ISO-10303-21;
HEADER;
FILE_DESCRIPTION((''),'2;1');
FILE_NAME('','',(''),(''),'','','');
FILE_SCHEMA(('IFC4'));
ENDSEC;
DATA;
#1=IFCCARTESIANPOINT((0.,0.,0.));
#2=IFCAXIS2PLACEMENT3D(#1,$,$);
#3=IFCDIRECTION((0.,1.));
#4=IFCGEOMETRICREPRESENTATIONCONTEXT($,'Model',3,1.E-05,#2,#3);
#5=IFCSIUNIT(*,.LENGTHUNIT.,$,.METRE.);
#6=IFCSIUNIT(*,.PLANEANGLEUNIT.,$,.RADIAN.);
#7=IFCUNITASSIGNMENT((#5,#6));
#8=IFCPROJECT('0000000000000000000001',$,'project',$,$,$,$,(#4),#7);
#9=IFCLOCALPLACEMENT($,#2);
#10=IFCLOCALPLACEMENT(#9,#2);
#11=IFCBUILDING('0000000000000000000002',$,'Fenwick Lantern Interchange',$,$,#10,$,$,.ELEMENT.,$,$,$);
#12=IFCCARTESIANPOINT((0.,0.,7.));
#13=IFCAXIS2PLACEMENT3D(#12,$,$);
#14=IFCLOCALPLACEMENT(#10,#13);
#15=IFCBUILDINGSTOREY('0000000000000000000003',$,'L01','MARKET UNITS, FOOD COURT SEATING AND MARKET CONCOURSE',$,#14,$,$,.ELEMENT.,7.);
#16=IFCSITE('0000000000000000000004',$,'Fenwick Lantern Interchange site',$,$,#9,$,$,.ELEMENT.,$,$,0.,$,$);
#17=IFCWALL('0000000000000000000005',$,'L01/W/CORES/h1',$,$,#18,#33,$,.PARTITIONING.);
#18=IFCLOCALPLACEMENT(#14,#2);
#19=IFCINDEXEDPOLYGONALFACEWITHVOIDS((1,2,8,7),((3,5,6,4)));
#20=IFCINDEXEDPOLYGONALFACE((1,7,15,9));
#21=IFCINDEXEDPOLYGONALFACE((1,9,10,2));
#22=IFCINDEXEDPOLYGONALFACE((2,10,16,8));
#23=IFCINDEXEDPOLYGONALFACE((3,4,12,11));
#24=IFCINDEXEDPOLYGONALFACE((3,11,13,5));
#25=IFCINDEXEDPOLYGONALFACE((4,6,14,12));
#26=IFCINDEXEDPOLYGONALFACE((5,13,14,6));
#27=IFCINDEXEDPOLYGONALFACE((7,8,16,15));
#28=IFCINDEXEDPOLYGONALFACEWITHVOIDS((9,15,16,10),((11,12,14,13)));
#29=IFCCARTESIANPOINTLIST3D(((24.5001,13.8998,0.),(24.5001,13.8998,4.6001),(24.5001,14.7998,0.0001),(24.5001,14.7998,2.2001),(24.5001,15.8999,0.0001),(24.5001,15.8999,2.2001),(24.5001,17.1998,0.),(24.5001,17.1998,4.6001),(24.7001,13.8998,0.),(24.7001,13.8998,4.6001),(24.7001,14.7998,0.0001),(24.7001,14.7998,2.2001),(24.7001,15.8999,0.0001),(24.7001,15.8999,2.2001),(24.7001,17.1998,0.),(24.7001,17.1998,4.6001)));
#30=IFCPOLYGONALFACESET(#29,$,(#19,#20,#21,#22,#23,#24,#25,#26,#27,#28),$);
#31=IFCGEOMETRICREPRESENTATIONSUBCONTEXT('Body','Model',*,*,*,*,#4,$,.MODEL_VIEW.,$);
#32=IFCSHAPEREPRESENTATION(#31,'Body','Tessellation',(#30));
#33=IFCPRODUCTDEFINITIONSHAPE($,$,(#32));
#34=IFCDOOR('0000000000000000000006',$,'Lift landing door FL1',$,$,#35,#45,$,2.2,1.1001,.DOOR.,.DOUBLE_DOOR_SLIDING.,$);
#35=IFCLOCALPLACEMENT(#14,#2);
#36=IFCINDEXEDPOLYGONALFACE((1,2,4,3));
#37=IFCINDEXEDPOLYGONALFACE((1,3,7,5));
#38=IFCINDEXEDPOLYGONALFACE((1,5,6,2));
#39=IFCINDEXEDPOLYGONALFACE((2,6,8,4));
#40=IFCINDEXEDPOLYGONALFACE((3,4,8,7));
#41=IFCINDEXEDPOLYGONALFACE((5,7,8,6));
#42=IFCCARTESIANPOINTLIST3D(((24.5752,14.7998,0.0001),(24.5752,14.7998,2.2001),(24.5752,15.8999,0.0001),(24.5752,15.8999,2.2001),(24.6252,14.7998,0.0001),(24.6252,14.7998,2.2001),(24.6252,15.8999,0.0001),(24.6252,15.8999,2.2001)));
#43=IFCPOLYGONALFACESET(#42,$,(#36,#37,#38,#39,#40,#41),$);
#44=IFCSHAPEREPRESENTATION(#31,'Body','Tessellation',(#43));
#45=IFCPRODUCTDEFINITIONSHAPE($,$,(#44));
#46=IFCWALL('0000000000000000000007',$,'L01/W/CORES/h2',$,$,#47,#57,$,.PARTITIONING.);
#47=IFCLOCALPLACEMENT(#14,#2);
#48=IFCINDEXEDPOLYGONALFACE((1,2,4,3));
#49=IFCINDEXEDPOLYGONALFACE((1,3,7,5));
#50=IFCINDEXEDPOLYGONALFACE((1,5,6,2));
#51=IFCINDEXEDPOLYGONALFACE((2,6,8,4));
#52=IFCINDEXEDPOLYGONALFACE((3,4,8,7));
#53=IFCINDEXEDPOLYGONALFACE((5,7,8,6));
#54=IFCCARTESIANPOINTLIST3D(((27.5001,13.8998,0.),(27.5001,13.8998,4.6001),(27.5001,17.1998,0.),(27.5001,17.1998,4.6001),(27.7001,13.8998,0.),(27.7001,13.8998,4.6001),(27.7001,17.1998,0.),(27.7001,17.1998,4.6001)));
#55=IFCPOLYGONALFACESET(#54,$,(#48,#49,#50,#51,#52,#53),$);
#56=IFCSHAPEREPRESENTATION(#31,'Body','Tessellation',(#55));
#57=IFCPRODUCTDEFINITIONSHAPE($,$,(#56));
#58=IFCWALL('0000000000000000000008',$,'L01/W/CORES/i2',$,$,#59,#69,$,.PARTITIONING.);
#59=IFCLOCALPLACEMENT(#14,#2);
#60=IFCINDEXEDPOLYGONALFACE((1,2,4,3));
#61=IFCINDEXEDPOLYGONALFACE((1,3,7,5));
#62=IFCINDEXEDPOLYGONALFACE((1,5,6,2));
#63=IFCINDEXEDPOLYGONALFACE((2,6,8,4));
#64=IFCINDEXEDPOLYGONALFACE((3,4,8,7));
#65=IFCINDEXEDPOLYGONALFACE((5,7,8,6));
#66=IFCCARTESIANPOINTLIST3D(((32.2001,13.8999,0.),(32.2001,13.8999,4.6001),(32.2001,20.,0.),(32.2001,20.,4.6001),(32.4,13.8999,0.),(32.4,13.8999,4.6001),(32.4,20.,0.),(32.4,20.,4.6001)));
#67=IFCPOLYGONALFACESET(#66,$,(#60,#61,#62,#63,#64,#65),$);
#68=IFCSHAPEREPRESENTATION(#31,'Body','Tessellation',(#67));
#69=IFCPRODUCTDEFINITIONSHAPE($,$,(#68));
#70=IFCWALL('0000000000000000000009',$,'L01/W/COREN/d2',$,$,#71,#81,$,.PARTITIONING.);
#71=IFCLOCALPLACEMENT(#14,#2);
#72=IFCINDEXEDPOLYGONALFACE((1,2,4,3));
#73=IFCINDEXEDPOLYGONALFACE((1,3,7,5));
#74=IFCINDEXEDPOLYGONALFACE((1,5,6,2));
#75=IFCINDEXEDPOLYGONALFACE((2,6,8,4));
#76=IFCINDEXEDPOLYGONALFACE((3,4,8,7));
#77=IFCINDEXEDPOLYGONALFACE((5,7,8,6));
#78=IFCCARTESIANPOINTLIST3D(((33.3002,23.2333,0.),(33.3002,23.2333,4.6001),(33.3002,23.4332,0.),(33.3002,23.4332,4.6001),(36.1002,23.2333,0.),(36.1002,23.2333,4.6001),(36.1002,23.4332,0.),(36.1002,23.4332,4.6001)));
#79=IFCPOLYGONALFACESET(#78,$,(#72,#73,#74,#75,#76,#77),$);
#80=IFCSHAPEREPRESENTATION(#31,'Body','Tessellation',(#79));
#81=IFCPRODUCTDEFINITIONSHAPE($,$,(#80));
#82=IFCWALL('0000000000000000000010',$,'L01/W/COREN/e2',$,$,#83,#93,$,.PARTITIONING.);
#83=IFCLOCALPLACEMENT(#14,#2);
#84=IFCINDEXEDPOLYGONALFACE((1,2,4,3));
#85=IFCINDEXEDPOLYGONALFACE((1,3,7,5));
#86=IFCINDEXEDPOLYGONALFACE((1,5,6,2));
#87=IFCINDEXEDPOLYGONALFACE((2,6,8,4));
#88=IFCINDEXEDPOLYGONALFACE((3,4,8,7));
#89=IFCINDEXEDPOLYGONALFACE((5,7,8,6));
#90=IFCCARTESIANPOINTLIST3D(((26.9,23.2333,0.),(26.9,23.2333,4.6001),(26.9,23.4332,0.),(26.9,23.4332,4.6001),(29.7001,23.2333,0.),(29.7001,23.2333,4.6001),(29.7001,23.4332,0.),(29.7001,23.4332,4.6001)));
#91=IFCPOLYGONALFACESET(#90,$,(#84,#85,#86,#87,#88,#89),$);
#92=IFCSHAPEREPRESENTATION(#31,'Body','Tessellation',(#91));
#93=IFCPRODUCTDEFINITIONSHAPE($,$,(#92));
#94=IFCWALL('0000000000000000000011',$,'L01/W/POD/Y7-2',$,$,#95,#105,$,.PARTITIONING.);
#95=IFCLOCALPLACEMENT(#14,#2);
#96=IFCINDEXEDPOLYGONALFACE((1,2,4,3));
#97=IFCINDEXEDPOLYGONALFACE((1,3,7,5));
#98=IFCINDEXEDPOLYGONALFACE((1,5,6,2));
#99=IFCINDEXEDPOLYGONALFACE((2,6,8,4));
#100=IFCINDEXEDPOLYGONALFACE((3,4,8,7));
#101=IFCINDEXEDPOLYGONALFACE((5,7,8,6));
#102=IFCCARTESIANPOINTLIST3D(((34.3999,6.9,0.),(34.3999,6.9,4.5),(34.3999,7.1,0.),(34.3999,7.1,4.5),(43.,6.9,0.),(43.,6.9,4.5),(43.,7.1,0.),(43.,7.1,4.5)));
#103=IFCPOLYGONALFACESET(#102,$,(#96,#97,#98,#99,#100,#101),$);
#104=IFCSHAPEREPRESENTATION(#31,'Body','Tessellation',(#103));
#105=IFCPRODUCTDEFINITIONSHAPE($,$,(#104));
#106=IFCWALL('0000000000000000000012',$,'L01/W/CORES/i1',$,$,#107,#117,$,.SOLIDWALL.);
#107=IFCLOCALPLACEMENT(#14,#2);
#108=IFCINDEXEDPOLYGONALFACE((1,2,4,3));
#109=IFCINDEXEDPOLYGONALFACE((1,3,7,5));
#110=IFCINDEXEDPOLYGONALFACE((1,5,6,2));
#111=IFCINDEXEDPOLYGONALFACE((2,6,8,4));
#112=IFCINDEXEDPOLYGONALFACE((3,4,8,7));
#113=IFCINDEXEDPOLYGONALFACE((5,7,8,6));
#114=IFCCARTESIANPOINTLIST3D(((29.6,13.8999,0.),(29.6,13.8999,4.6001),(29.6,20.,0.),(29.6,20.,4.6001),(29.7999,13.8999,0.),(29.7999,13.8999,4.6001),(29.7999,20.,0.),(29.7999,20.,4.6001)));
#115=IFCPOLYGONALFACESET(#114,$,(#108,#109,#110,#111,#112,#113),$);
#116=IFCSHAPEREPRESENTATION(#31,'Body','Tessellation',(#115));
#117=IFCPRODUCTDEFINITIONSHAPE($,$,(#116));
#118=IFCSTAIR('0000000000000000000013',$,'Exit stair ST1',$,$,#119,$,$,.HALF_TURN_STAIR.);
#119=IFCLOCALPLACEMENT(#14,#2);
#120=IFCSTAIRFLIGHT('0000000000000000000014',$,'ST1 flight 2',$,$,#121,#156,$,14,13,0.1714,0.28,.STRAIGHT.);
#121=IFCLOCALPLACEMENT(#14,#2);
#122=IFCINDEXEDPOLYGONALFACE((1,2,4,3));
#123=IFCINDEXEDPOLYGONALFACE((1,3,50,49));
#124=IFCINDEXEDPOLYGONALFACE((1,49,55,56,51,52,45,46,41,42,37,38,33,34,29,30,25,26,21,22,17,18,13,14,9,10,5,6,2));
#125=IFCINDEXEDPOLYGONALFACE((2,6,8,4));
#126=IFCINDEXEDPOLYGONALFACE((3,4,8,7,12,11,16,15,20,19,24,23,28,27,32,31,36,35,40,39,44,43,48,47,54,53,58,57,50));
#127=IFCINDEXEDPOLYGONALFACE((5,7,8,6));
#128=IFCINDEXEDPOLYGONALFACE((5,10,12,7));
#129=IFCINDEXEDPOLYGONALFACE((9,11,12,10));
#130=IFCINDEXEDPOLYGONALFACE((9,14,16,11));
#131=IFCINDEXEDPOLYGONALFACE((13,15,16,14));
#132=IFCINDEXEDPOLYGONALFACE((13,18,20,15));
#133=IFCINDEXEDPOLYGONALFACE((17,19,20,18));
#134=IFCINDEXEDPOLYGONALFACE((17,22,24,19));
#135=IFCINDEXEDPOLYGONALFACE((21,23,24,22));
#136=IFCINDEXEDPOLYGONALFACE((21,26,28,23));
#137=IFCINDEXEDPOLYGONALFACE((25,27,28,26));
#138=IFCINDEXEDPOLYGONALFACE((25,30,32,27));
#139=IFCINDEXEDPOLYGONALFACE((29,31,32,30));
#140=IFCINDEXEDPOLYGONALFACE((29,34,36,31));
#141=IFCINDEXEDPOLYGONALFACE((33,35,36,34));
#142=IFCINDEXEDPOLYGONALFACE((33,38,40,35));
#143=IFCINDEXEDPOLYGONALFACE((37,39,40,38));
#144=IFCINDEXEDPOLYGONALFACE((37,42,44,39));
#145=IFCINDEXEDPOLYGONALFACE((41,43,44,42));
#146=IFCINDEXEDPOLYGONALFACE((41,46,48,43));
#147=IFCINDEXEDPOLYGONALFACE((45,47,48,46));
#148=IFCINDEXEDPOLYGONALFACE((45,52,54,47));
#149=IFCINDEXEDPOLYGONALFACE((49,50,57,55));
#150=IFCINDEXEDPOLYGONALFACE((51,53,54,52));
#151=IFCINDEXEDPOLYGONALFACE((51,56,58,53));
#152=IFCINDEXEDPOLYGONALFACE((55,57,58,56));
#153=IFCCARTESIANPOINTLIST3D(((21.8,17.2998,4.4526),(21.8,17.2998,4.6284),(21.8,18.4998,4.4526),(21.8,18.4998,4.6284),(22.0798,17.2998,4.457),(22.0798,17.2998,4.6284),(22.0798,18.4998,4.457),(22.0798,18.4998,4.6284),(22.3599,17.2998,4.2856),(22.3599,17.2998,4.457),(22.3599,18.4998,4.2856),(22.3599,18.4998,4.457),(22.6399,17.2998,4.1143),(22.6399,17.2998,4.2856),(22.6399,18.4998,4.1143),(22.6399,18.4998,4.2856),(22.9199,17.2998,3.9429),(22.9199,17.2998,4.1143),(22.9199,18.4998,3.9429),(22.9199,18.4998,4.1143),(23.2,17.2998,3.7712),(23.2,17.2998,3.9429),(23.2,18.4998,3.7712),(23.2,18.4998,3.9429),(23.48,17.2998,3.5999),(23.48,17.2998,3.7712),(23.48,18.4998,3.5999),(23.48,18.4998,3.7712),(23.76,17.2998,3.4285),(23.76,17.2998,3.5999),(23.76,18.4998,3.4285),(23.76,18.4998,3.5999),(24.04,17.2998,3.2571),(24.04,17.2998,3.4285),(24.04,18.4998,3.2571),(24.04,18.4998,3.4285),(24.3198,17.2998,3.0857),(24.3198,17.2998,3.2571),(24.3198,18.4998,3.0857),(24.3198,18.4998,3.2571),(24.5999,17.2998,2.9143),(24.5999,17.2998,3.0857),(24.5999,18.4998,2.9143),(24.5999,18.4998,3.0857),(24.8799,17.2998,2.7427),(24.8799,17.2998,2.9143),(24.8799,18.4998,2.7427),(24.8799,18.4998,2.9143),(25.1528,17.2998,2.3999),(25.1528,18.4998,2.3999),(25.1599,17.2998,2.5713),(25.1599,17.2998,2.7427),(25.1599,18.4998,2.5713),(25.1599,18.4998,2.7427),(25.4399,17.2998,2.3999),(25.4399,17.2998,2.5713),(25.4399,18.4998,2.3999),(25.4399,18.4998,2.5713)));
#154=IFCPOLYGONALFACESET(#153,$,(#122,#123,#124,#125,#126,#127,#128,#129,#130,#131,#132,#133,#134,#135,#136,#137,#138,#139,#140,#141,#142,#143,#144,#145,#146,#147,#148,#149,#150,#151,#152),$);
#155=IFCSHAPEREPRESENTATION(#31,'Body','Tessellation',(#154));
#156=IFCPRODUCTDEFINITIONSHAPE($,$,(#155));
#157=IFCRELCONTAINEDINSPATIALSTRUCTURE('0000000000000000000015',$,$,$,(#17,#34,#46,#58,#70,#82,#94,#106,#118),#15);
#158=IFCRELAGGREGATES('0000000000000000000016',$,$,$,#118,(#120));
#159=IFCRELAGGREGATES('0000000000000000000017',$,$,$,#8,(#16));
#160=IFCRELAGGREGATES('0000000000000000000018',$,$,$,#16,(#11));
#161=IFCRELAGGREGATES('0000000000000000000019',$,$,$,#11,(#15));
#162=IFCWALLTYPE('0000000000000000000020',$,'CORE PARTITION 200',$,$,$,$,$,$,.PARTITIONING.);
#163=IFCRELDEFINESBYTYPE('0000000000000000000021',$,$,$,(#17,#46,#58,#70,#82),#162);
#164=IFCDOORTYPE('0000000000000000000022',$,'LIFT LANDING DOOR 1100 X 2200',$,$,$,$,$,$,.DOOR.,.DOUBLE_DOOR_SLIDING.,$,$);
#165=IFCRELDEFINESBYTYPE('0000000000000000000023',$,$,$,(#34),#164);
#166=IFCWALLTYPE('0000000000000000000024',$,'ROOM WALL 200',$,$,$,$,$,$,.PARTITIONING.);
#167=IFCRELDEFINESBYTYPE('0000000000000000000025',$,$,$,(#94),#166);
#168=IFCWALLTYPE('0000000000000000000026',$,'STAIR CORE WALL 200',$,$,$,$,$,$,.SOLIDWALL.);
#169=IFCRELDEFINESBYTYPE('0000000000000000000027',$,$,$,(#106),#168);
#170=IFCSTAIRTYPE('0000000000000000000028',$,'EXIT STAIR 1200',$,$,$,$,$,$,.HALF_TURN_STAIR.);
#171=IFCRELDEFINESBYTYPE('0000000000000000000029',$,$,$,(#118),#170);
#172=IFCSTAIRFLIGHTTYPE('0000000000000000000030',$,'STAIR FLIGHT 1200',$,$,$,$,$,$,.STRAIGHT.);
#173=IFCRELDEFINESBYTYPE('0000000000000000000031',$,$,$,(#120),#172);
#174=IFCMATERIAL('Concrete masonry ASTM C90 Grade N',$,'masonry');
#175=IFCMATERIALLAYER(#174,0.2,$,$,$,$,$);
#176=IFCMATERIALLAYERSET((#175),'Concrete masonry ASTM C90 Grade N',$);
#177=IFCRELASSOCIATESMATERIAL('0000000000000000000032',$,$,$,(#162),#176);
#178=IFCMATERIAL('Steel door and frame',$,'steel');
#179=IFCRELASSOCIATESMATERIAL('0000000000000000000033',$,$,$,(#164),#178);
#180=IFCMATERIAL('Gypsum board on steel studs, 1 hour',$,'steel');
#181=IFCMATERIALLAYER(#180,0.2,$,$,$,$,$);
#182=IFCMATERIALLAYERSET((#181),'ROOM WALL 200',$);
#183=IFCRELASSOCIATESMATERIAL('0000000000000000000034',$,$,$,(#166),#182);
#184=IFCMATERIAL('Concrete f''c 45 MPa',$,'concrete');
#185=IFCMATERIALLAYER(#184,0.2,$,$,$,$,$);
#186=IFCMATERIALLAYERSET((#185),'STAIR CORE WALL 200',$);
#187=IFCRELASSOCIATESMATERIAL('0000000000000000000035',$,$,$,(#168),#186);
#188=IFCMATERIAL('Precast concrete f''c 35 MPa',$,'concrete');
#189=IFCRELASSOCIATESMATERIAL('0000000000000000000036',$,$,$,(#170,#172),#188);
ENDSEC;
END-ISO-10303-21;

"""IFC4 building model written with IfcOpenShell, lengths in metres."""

from ifc_helpers import new_model, si_unit, direction, frame, frame_2d, origin, place, context, subcontext, project, spatial, polyline, rectangle, outline, extrude, material, layer, layer_set, type_object, element, fill, aggregate, save


model = new_model("IFC4")

# Units and contexts
model_context = context("Model", 3, precision=1e-05, world=origin(), true_north=direction((0.0, 1.0)))
body_context = subcontext(model_context, "Body", "Model", "MODEL_VIEW")
ifc_project = project(units=[si_unit("LENGTHUNIT", "METRE"), si_unit("PLANEANGLEUNIT", "RADIAN")], contexts=[model_context])

# Site, building, storey
site_placement = place(None, origin())
site = spatial("IfcSite", under=ifc_project, at=site_placement, Name="Fenwick Lantern Interchange site", CompositionType="ELEMENT", RefElevation=0.0)
building_placement = place(site_placement, origin())
building = spatial("IfcBuilding", under=site, at=building_placement, Name="Fenwick Lantern Interchange", CompositionType="ELEMENT")
storey_placement = place(building_placement, frame((0.0, 0.0, 7.0)))
storey = spatial("IfcBuildingStorey", under=building, at=storey_placement, Name="L01", Description="MARKET UNITS, FOOD COURT SEATING AND MARKET CONCOURSE", CompositionType="ELEMENT", Elevation=7.0)

# Shared definitions
ifc_material_1 = material(Name="Concrete masonry ASTM C90 Grade N", Category="masonry")
ifc_layer_1 = layer(ifc_material_1, 0.2)
ifc_layer_set_1 = layer_set([ifc_layer_1], Name="Concrete masonry ASTM C90 Grade N")
wall_type_1 = type_object("IfcWallType", Name="CORE PARTITION 200", PredefinedType="PARTITIONING", material=ifc_layer_set_1)

# Wall, opening, door
wall_1_placement = place(storey_placement, frame((24.6001, 13.8999, 0.0), z_axis=(0.0, 0.0, 1.0), x_axis=(0.0, 1.0, 0.0)))
wall_1 = element("IfcWall", 1, at=wall_1_placement, inside=storey, type_object=wall_type_1, Name="L01/W/CORES/h1", PredefinedType="PARTITIONING", context=body_context, shape_type="SweptSolid", body=[
    extrude(rectangle(XDim=3.3, YDim=0.2, at=frame_2d((1.6499, 0.0))), origin(), (0.0, 0.0, 1.0), 4.6001),
])
opening_1_placement = place(wall_1_placement, frame((0.8999, 0.0, 0.0)))
opening_1 = element("IfcOpeningElement", 2, at=opening_1_placement, cuts=wall_1, PredefinedType="OPENING", context=body_context, shape_type="SweptSolid", body=[
    extrude(rectangle(XDim=1.1001, YDim=2.2, at=frame_2d((0.55, 1.1001))), frame((0.0, 0.1099, 0.0), z_axis=(0.0, -1.0, 0.0), x_axis=(1.0, 0.0, 0.0)), (0.0, 0.0, 1.0), 0.22),
])
ifc_material_2 = material(Name="Steel door and frame", Category="steel")
door_type_1 = type_object("IfcDoorType", Name="LIFT LANDING DOOR 1100 X 2200", OperationType="DOUBLE_DOOR_SLIDING", PredefinedType="DOOR", material=ifc_material_2)
door_1_placement = place(opening_1_placement, origin())
door_1 = element("IfcDoor", 3, at=door_1_placement, inside=storey, type_object=door_type_1, Name="Lift landing door FL1", OperationType="DOUBLE_DOOR_SLIDING", OverallHeight=2.2, OverallWidth=1.1001, PredefinedType="DOOR", context=body_context, shape_type="SweptSolid", body=[
    extrude(rectangle(XDim=1.1001, YDim=2.2, at=frame_2d((0.55, 1.1001))), frame((0.0, 0.0249, 0.0), z_axis=(0.0, -1.0, 0.0), x_axis=(1.0, 0.0, 0.0)), (0.0, 0.0, 1.0), 0.05),
])
fill(opening_1, door_1)

# Walls
wall_2_placement = place(storey_placement, frame((27.6001, 13.8999, 0.0), z_axis=(0.0, 0.0, 1.0), x_axis=(0.0, 1.0, 0.0)))
element("IfcWall", 4, at=wall_2_placement, inside=storey, type_object=wall_type_1, Name="L01/W/CORES/h2", PredefinedType="PARTITIONING", context=body_context, shape_type="SweptSolid", body=[
    extrude(rectangle(XDim=3.3, YDim=0.2, at=frame_2d((1.6499, 0.0))), origin(), (0.0, 0.0, 1.0), 4.6001),
])
wall_3_placement = place(storey_placement, frame((32.3, 13.8999, 0.0), z_axis=(0.0, 0.0, 1.0), x_axis=(0.0, 1.0, 0.0)))
element("IfcWall", 5, at=wall_3_placement, inside=storey, type_object=wall_type_1, Name="L01/W/CORES/i2", PredefinedType="PARTITIONING", context=body_context, shape_type="SweptSolid", body=[
    extrude(rectangle(XDim=6.1001, YDim=0.2, at=frame_2d((3.05, 0.0))), origin(), (0.0, 0.0, 1.0), 4.6001),
])
for number, where, z_axis, x_axis, name in (
    (6, (36.1001, 23.3333, 0.0), (0.0, 0.0, 1.0), (-1.0, 0.0, 0.0), "L01/W/COREN/d2"),
    (7, (29.7, 23.3333, 0.0), (0.0, 0.0, 1.0), (-1.0, 0.0, 0.0), "L01/W/COREN/e2"),
):
    element("IfcWall", number, at=place(storey_placement, frame(where, z_axis=z_axis, x_axis=x_axis)), inside=storey, type_object=wall_type_1, Name=name, PredefinedType="PARTITIONING", context=body_context, shape_type="SweptSolid", body=[
        extrude(rectangle(XDim=2.8, YDim=0.2, at=frame_2d((1.3999, 0.0))), origin(), (0.0, 0.0, 1.0), 4.6001),
    ])

# Walls
ifc_material_3 = material(Name="Gypsum board on steel studs, 1 hour", Category="steel")
ifc_layer_2 = layer(ifc_material_3, 0.2)
ifc_layer_set_2 = layer_set([ifc_layer_2], Name="ROOM WALL 200")
wall_type_2 = type_object("IfcWallType", Name="ROOM WALL 200", PredefinedType="PARTITIONING", material=ifc_layer_set_2)
wall_4_placement = place(storey_placement, frame((34.3999, 7.0, 0.0), z_axis=(0.0, 0.0, 1.0), x_axis=(1.0, 0.0, 0.0)))
element("IfcWall", 8, at=wall_4_placement, inside=storey, type_object=wall_type_2, Name="L01/W/POD/Y7-2", PredefinedType="PARTITIONING", context=body_context, shape_type="SweptSolid", body=[
    extrude(rectangle(XDim=8.6001, YDim=0.2, at=frame_2d((4.3, 0.0))), origin(), (0.0, 0.0, 1.0), 4.5),
])
ifc_material_4 = material(Name="Concrete f'c 45 MPa", Category="concrete")
ifc_layer_3 = layer(ifc_material_4, 0.2)
ifc_layer_set_3 = layer_set([ifc_layer_3], Name="STAIR CORE WALL 200")
wall_type_3 = type_object("IfcWallType", Name="STAIR CORE WALL 200", PredefinedType="SOLIDWALL", material=ifc_layer_set_3)
wall_5_placement = place(storey_placement, frame((29.7, 13.8999, 0.0), z_axis=(0.0, 0.0, 1.0), x_axis=(0.0, 1.0, 0.0)))
element("IfcWall", 9, at=wall_5_placement, inside=storey, type_object=wall_type_3, Name="L01/W/CORES/i1", PredefinedType="SOLIDWALL", context=body_context, shape_type="SweptSolid", body=[
    extrude(rectangle(XDim=6.1001, YDim=0.2, at=frame_2d((3.05, 0.0))), origin(), (0.0, 0.0, 1.0), 4.6001),
])

# Stair, stair flight
ifc_material_5 = material(Name="Precast concrete f'c 35 MPa", Category="concrete")
stair_type = type_object("IfcStairType", Name="EXIT STAIR 1200", PredefinedType="HALF_TURN_STAIR", material=ifc_material_5)
stair_placement = place(storey_placement, origin())
stair = element("IfcStair", 10, at=stair_placement, inside=storey, type_object=stair_type, Name="Exit stair ST1", PredefinedType="HALF_TURN_STAIR")
stair_flight_type = type_object("IfcStairFlightType", Name="STAIR FLIGHT 1200", PredefinedType="STRAIGHT", material=ifc_material_5)
stair_flight_placement = place(storey_placement, frame((25.4399, 17.8999, 2.3999), z_axis=(0.0, 0.0, 1.0), x_axis=(-1.0, 0.0, 0.0)))
stair_flight = element("IfcStairFlight", 11, at=stair_flight_placement, type_object=stair_flight_type, Name="ST1 flight 2", NumberOfRisers=14, NumberOfTreads=13, PredefinedType="STRAIGHT", RiserHeight=0.1714, TreadLength=0.28, context=body_context, shape_type="SweptSolid", body=[
    extrude(outline(polyline([(0.0, 0.0), (0.0, 0.1714), (0.28, 0.1714), (0.28, 0.3428), (0.5601, 0.3428), (0.5601, 0.5144), (0.8401, 0.5144), (0.8401, 0.6858), (1.1201, 0.6858), (1.1201, 0.8572), (1.3999, 0.8572), (1.3999, 1.0286), (1.6799, 1.0286), (1.6799, 1.2), (1.96, 1.2), (1.96, 1.3713), (2.24, 1.3713), (2.24, 1.543), (2.52, 1.543), (2.52, 1.7144), (2.8, 1.7144), (2.8, 1.8857), (3.0801, 1.8857), (3.0801, 2.0571), (3.3601, 2.0571), (3.3601, 2.2285), (3.6399, 2.2285), (3.6399, 2.3999), (3.6399, 2.0527), (0.2871, 0.0), (0.0, 0.0)])), frame((0.0, 0.6001, 0.0), z_axis=(0.0, -1.0, 0.0), x_axis=(1.0, 0.0, 0.0)), (0.0, 0.0, 1.0), 1.2),
])
aggregate(stair, [stair_flight])

save(model, "model.ifc")
